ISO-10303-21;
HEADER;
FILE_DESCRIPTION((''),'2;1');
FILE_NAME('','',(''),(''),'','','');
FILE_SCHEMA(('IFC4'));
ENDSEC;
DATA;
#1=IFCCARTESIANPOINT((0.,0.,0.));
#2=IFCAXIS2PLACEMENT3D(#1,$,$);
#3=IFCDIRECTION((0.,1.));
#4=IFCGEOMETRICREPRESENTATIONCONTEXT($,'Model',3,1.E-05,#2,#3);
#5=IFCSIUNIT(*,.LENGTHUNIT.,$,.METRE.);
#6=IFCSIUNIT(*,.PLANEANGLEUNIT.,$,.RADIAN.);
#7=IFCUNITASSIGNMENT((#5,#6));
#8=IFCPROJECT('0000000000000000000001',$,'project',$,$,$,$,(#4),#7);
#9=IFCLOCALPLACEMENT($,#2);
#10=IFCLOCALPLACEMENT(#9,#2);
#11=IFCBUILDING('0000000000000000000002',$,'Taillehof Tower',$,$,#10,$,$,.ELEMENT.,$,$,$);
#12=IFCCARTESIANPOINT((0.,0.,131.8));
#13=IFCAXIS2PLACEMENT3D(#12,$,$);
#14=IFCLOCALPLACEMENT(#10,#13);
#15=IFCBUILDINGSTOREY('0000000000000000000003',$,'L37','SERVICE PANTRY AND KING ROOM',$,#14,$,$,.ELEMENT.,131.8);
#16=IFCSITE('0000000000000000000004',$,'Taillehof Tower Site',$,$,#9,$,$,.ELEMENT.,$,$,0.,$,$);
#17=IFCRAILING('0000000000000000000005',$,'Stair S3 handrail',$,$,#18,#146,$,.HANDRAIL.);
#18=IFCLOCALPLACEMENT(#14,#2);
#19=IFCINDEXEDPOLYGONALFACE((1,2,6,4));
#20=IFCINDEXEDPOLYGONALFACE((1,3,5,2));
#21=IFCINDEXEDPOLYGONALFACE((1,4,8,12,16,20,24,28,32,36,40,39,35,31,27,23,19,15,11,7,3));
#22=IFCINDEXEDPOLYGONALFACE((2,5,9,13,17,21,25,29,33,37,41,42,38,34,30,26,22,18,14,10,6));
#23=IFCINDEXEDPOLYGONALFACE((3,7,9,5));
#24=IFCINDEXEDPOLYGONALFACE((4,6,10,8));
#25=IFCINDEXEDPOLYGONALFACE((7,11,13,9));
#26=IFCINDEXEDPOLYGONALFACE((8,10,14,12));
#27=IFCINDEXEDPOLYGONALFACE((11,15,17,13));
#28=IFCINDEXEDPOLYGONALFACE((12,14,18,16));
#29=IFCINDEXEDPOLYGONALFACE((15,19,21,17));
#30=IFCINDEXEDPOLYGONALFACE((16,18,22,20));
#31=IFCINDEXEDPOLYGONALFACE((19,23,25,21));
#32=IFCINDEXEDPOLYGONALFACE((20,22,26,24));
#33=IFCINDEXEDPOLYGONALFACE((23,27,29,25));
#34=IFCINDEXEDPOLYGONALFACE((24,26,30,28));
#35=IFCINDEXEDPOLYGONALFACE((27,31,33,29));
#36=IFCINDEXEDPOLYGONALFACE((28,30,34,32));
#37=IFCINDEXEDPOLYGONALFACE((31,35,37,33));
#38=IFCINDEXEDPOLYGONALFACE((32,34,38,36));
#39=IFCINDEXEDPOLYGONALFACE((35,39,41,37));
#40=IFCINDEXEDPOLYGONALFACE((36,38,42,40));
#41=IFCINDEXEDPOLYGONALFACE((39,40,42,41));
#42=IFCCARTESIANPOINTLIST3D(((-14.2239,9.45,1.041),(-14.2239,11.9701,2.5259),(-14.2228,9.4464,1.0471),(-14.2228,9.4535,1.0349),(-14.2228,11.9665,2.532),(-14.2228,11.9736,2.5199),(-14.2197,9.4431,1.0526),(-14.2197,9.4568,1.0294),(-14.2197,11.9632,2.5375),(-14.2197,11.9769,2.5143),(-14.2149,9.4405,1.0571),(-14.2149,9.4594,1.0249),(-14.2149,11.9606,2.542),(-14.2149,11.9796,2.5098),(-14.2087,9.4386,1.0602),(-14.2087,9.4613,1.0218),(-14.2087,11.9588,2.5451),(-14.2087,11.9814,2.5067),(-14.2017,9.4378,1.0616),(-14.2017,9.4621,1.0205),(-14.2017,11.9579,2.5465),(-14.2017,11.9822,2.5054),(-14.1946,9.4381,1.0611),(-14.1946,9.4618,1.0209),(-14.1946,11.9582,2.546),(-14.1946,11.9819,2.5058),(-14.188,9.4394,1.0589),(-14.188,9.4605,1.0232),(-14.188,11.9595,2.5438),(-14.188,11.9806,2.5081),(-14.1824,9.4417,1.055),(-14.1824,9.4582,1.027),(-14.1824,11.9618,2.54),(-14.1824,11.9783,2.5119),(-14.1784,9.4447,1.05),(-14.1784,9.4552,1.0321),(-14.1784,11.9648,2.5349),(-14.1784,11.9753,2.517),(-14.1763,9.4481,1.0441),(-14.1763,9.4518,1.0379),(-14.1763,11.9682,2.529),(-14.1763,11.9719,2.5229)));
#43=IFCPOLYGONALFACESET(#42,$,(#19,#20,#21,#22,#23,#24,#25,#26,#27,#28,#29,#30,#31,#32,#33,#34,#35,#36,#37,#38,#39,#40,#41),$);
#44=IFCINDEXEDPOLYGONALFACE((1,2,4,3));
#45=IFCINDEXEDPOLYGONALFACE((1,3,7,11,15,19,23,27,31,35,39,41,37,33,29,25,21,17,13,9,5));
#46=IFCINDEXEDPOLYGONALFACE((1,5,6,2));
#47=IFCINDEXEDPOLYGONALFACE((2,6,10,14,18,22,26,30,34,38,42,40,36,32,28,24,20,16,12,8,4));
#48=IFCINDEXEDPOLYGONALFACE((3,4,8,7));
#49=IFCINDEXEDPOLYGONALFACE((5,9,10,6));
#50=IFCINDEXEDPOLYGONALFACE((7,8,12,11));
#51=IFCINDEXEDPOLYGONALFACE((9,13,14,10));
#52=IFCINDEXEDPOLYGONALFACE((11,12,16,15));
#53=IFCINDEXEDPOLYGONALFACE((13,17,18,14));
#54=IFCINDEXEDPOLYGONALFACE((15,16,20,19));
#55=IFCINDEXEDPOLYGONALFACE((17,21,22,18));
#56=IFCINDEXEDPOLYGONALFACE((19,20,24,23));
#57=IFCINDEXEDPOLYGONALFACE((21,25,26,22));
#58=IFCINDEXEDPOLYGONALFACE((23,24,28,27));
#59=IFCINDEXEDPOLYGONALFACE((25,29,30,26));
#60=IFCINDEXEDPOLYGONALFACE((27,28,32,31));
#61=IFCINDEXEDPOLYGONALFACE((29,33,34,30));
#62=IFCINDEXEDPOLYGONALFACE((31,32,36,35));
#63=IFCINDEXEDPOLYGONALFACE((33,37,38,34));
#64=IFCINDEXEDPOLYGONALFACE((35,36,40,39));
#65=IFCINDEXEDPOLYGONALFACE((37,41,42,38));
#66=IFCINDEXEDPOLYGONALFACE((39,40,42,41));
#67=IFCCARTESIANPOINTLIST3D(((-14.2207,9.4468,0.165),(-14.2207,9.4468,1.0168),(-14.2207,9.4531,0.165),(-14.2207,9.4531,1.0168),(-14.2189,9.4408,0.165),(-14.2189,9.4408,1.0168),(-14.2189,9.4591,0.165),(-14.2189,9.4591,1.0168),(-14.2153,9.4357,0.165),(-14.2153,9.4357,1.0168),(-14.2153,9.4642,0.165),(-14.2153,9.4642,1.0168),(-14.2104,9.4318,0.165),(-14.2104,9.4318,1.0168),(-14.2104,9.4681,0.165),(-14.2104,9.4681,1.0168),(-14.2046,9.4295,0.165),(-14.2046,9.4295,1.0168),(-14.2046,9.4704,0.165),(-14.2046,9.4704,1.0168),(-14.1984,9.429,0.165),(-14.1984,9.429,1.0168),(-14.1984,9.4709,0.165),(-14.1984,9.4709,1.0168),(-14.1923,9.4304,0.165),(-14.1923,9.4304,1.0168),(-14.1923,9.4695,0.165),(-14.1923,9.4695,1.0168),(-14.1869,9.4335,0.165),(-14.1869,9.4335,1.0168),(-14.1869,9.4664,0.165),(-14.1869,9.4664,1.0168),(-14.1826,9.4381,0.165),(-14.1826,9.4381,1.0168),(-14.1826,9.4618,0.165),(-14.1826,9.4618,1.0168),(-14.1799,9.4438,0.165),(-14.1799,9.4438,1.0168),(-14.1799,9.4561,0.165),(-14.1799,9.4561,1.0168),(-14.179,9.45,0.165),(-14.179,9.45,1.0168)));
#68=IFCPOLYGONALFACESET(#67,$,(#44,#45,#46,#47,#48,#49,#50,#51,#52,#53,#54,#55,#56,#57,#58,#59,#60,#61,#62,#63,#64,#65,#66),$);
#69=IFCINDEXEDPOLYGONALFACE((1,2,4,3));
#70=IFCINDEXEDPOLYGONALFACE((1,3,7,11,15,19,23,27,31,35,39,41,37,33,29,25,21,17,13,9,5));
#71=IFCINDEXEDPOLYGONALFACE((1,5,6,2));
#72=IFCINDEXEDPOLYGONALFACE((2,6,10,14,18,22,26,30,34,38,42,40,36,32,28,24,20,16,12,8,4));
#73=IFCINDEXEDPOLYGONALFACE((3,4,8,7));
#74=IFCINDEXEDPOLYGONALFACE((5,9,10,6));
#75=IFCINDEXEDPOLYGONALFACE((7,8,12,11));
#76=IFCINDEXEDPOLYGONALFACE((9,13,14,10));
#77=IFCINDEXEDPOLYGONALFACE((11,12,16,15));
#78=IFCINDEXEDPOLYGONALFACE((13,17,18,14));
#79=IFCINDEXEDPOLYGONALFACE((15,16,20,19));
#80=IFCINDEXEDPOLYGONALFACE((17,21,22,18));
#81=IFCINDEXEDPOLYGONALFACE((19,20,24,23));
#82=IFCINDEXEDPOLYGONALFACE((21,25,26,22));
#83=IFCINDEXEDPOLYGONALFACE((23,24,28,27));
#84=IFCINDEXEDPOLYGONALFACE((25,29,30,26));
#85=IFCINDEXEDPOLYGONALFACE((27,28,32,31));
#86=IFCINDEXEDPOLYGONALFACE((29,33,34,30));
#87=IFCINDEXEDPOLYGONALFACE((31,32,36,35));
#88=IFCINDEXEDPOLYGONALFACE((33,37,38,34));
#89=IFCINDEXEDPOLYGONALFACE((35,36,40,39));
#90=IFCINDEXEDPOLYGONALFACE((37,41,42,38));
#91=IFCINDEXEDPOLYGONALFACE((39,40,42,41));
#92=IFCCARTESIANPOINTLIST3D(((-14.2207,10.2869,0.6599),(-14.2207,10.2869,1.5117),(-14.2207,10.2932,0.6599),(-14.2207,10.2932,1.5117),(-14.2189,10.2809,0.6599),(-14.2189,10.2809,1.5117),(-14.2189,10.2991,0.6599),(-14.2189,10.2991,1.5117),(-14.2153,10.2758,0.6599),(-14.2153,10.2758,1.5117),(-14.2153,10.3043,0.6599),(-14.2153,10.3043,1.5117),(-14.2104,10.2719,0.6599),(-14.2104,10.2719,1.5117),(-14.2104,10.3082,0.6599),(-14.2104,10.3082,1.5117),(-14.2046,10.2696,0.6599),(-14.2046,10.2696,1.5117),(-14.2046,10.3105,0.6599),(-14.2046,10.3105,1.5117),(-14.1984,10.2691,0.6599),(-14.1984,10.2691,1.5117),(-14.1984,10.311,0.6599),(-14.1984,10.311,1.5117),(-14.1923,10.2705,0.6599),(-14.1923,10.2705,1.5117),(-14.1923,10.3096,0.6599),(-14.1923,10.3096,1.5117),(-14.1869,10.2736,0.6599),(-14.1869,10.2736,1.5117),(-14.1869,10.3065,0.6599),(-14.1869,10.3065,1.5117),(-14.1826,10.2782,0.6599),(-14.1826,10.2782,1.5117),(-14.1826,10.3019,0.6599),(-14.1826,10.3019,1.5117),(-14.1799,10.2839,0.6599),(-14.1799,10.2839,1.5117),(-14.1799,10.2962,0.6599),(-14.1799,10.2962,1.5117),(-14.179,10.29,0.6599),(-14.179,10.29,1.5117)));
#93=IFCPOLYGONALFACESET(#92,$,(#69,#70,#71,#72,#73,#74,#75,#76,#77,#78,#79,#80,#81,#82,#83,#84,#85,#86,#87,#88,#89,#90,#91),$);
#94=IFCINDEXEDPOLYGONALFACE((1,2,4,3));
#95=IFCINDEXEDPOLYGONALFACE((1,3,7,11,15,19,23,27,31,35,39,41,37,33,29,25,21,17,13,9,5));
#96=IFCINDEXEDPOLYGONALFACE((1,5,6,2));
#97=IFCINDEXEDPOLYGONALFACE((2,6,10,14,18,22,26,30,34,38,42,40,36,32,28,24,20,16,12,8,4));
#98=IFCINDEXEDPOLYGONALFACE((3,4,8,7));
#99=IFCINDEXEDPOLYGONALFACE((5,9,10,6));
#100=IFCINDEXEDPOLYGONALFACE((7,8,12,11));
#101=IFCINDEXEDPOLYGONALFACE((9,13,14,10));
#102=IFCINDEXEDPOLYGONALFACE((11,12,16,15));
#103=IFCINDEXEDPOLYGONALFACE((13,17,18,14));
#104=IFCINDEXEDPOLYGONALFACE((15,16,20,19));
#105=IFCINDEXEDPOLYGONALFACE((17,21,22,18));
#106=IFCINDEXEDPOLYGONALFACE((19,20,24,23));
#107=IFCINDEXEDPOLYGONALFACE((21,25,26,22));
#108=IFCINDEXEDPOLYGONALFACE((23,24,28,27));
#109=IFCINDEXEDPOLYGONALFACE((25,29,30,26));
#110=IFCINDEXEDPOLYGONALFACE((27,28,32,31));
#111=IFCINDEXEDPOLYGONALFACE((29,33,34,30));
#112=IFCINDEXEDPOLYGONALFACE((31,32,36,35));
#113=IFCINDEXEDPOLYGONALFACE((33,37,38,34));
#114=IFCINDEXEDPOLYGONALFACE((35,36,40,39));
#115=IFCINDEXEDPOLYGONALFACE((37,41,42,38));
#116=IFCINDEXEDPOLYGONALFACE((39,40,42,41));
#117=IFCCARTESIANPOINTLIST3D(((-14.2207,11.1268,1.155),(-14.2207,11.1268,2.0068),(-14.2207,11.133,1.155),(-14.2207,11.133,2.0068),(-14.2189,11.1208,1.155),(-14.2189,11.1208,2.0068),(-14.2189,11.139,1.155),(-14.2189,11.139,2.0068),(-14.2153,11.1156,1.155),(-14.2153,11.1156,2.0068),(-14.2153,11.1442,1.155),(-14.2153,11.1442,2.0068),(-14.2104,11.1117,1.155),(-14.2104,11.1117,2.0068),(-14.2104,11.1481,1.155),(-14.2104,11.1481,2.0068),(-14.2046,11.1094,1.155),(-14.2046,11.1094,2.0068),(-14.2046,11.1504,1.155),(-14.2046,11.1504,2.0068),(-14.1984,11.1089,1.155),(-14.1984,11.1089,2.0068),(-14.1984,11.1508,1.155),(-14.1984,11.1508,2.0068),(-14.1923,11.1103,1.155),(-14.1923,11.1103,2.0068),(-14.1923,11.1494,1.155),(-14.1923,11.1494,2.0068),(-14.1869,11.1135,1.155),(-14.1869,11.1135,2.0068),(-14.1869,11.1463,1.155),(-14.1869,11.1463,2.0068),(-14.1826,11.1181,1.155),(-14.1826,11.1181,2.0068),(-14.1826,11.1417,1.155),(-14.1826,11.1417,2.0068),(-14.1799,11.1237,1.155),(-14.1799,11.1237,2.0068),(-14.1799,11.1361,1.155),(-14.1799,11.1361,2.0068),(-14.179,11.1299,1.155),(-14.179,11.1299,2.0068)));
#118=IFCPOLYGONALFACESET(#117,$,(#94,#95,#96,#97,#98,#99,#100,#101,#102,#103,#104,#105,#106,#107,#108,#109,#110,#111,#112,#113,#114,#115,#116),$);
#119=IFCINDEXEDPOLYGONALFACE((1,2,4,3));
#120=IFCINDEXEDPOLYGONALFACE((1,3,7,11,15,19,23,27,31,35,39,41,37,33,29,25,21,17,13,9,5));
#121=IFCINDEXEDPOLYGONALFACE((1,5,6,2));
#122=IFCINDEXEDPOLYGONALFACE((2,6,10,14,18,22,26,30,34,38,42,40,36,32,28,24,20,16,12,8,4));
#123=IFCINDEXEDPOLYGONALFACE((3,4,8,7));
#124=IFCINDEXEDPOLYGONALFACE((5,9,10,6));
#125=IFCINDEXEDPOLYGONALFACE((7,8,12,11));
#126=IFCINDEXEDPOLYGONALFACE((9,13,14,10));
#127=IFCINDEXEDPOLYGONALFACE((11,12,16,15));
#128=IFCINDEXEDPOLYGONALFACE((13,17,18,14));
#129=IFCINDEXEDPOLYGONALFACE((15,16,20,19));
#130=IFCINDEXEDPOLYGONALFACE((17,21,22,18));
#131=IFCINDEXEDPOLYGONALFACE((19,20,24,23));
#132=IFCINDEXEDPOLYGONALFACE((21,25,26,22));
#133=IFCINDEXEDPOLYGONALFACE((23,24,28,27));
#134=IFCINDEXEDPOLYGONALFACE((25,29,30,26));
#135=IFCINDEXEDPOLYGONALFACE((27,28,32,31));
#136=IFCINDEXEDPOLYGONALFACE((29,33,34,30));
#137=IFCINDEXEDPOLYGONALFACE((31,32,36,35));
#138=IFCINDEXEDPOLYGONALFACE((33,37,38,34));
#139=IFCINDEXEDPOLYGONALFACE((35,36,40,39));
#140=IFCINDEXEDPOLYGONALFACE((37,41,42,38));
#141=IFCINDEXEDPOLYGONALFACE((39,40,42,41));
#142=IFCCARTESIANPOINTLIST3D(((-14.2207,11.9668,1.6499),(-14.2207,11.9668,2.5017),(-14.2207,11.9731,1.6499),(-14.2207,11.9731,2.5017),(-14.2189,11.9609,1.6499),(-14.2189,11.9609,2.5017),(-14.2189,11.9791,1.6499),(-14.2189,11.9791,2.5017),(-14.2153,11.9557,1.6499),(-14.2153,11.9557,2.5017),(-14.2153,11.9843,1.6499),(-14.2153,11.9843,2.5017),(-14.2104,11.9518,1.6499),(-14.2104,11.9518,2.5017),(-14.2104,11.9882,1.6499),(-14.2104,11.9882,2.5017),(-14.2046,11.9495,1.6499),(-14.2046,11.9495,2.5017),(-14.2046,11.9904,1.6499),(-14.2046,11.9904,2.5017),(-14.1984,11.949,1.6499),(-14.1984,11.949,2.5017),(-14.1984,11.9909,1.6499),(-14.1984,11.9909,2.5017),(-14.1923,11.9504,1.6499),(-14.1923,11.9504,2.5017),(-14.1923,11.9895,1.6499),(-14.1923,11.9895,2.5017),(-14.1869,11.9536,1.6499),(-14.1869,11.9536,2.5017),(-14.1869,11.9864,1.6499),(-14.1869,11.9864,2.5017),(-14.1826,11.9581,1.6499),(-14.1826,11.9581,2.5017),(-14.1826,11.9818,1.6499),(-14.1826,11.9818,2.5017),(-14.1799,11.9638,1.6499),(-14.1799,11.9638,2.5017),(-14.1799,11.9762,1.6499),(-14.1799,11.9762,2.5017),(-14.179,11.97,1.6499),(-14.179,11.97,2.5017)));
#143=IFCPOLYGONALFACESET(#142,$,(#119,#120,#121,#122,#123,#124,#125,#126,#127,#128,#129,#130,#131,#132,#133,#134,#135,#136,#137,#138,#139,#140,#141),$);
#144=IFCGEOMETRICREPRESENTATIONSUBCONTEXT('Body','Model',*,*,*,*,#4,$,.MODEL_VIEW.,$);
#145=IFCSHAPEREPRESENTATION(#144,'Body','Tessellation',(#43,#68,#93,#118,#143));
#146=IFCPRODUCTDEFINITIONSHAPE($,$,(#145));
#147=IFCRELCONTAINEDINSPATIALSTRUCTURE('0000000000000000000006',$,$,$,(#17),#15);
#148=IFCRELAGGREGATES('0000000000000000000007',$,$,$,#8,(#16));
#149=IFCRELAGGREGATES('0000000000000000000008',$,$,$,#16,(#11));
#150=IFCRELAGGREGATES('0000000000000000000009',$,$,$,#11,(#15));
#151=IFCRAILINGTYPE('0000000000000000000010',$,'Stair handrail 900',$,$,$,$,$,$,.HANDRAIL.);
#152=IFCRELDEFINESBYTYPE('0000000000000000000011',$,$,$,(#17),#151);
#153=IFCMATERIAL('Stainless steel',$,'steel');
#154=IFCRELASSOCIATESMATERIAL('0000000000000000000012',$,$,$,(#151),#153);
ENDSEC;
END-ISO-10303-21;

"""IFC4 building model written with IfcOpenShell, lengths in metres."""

from ifc_helpers import new_model, si_unit, direction, frame, origin, origin_2d, place, context, subcontext, project, spatial, circle, extrude, material, type_object, element, save


model = new_model("IFC4")

# Units and contexts
model_context = context("Model", 3, precision=1e-05, world=origin(), true_north=direction((0.0, 1.0)))
body_context = subcontext(model_context, "Body", "Model", "MODEL_VIEW")
ifc_project = project(units=[si_unit("LENGTHUNIT", "METRE"), si_unit("PLANEANGLEUNIT", "RADIAN")], contexts=[model_context])

# Site, building, storey
site_placement = place(None, origin())
site = spatial("IfcSite", under=ifc_project, at=site_placement, Name="Taillehof Tower Site", CompositionType="ELEMENT", RefElevation=0.0)
building_placement = place(site_placement, origin())
building = spatial("IfcBuilding", under=site, at=building_placement, Name="Taillehof Tower", CompositionType="ELEMENT")
storey_placement = place(building_placement, frame((0.0, 0.0, 131.8)))
storey = spatial("IfcBuildingStorey", under=building, at=storey_placement, Name="L37", Description="SERVICE PANTRY AND KING ROOM", CompositionType="ELEMENT", Elevation=131.8)

# Railing
ifc_material_1 = material(Name="Stainless steel", Category="steel")
railing_type = type_object("IfcRailingType", Name="Stair handrail 900", PredefinedType="HANDRAIL", material=ifc_material_1)
railing_placement = place(storey_placement, frame((-14.2, 9.45, 0.165)))
element("IfcRailing", 1, at=railing_placement, inside=storey, type_object=railing_type, Name="Stair S3 handrail", PredefinedType="HANDRAIL", context=body_context, shape_type="SweptSolid", body=[
    extrude(circle(Radius=0.0239, at=origin_2d()), frame((0.0, 0.0, 0.876), z_axis=(0.0, 0.861561, 0.507655), x_axis=(-1.0, 0.0, 0.0)), (0.0, 0.0, 1.0), 2.925),
    extrude(circle(Radius=0.021, at=origin_2d()), origin(), (0.0, 0.0, 1.0), 0.8518),
    extrude(circle(Radius=0.021, at=origin_2d()), frame((0.0, 0.8401, 0.4949)), (0.0, 0.0, 1.0), 0.8518),
    extrude(circle(Radius=0.021, at=origin_2d()), frame((0.0, 1.6799, 0.99)), (0.0, 0.0, 1.0), 0.8518),
    extrude(circle(Radius=0.021, at=origin_2d()), frame((0.0, 2.52, 1.4849)), (0.0, 0.0, 1.0), 0.8518),
])

save(model, "model.ifc")
